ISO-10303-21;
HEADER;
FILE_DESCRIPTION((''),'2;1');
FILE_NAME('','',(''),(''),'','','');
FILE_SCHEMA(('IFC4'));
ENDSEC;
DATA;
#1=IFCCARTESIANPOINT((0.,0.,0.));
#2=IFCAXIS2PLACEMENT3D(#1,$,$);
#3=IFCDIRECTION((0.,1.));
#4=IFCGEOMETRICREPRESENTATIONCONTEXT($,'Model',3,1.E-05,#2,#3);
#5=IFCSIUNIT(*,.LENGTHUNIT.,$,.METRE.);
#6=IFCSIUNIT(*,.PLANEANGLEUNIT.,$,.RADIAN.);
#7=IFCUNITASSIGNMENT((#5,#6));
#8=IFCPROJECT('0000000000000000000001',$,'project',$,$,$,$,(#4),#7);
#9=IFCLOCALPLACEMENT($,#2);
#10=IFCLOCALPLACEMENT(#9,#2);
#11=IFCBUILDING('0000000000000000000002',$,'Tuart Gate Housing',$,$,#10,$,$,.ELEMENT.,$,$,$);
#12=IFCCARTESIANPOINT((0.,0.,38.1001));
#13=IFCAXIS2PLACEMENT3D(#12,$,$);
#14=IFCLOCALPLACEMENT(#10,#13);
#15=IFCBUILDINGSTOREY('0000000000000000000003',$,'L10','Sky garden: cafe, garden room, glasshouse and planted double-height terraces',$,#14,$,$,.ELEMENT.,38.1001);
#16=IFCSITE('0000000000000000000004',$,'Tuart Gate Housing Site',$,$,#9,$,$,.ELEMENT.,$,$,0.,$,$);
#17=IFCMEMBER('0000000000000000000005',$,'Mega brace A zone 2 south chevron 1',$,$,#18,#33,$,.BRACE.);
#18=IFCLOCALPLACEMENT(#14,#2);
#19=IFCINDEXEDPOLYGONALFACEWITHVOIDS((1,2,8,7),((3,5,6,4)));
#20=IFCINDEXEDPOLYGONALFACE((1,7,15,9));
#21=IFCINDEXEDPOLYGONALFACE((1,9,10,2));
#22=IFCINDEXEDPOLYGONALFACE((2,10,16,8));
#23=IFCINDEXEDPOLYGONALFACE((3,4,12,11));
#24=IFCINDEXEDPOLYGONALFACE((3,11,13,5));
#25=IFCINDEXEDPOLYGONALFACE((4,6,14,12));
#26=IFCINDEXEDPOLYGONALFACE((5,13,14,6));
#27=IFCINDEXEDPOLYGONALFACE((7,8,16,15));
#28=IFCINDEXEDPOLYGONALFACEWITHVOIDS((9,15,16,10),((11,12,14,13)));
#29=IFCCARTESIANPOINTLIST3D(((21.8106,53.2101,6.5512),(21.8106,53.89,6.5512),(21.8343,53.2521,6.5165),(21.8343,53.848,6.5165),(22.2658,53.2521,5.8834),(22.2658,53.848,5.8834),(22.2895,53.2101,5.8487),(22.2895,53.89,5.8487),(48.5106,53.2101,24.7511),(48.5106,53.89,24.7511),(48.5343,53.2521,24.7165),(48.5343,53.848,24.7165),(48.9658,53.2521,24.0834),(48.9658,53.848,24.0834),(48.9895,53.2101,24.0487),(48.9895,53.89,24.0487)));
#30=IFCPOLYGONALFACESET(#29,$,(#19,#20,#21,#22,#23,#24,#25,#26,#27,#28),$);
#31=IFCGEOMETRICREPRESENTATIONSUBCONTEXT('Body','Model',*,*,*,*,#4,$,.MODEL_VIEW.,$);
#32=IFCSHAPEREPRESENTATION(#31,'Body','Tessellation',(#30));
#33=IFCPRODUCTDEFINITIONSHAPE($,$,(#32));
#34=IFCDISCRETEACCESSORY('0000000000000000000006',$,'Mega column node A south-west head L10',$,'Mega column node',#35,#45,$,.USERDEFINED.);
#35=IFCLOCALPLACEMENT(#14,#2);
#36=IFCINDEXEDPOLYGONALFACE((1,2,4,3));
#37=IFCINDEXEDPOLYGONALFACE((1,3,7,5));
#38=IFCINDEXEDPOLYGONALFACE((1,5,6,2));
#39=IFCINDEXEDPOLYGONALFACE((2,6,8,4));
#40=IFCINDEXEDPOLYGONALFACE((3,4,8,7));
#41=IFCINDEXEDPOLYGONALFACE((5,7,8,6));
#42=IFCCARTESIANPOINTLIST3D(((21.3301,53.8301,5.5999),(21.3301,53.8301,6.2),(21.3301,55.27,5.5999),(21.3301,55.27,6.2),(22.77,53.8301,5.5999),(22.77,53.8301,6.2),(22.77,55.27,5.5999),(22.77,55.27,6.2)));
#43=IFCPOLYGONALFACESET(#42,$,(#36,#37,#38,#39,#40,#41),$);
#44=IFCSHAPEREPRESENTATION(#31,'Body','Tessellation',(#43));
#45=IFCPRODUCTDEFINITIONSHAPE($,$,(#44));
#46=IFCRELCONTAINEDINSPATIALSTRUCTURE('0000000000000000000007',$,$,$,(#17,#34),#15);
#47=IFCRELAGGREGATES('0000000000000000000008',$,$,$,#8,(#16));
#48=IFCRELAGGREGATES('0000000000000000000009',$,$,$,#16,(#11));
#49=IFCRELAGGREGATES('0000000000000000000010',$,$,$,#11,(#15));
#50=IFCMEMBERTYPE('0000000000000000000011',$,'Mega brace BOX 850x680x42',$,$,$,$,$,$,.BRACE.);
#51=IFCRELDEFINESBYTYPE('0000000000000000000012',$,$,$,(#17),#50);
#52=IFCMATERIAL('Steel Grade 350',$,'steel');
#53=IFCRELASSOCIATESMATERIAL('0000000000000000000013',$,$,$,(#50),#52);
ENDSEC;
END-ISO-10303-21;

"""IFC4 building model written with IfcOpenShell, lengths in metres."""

from ifc_helpers import new_model, si_unit, direction, frame, origin, origin_2d, place, context, subcontext, project, spatial, rectangle, hollow_rectangle, extrude, material, material_profile, profile_set, type_object, element, save


model = new_model("IFC4")

# Units and contexts
model_context = context("Model", 3, precision=1e-05, world=origin(), true_north=direction((0.0, 1.0)))
body_context = subcontext(model_context, "Body", "Model", "MODEL_VIEW")
ifc_project = project(units=[si_unit("LENGTHUNIT", "METRE"), si_unit("PLANEANGLEUNIT", "RADIAN")], contexts=[model_context])

# Site, building, storey
site_placement = place(None, origin())
site = spatial("IfcSite", under=ifc_project, at=site_placement, Name="Tuart Gate Housing Site", CompositionType="ELEMENT", RefElevation=0.0)
building_placement = place(site_placement, origin())
building = spatial("IfcBuilding", under=site, at=building_placement, Name="Tuart Gate Housing", CompositionType="ELEMENT")
storey_placement = place(building_placement, frame((0.0, 0.0, 38.1001)))
storey = spatial("IfcBuildingStorey", under=building, at=storey_placement, Name="L10", Description="Sky garden: cafe, garden room, glasshouse and planted double-height terraces", CompositionType="ELEMENT", Elevation=38.1001)

# Member
ifc_material_1 = material(Name="Steel Grade 350", Category="steel")
ifc_material_profile = material_profile(ifc_material_1, hollow_rectangle(XDim=0.6799, YDim=0.8501, WallThickness=0.042, at=origin_2d()), Name="BOX 850x680x42")
ifc_profile_set = profile_set([ifc_material_profile], Name="Steel Grade 350")
member_type = type_object("IfcMemberType", Name="Mega brace BOX 850x680x42", PredefinedType="BRACE", material=ifc_profile_set)
member_placement = place(storey_placement, frame((22.05, 53.55, 6.2), z_axis=(0.826293, 0.0, 0.56324), x_axis=(0.0, 1.0, 0.0)))
element("IfcMember", 1, at=member_placement, inside=storey, type_object=member_type, Name="Mega brace A zone 2 south chevron 1", PredefinedType="BRACE", context=body_context, shape_type="SweptSolid", body=[
    extrude(hollow_rectangle(XDim=0.6799, YDim=0.8501, WallThickness=0.042, at=origin_2d()), origin(), (0.0, 0.0, 1.0), 32.313),
])

# Discrete accessory
discrete_accessory_placement = place(storey_placement, frame((22.05, 54.55, 5.5999), z_axis=(0.0, 0.0, 1.0), x_axis=(1.0, 0.0, 0.0)))
element("IfcDiscreteAccessory", 2, at=discrete_accessory_placement, inside=storey, Name="Mega column node A south-west head L10", ObjectType="Mega column node", PredefinedType="USERDEFINED", context=body_context, shape_type="SweptSolid", body=[
    extrude(rectangle(XDim=1.4399, YDim=1.4399, at=origin_2d()), origin(), (0.0, 0.0, 1.0), 0.6001),
])

save(model, "model.ifc")
